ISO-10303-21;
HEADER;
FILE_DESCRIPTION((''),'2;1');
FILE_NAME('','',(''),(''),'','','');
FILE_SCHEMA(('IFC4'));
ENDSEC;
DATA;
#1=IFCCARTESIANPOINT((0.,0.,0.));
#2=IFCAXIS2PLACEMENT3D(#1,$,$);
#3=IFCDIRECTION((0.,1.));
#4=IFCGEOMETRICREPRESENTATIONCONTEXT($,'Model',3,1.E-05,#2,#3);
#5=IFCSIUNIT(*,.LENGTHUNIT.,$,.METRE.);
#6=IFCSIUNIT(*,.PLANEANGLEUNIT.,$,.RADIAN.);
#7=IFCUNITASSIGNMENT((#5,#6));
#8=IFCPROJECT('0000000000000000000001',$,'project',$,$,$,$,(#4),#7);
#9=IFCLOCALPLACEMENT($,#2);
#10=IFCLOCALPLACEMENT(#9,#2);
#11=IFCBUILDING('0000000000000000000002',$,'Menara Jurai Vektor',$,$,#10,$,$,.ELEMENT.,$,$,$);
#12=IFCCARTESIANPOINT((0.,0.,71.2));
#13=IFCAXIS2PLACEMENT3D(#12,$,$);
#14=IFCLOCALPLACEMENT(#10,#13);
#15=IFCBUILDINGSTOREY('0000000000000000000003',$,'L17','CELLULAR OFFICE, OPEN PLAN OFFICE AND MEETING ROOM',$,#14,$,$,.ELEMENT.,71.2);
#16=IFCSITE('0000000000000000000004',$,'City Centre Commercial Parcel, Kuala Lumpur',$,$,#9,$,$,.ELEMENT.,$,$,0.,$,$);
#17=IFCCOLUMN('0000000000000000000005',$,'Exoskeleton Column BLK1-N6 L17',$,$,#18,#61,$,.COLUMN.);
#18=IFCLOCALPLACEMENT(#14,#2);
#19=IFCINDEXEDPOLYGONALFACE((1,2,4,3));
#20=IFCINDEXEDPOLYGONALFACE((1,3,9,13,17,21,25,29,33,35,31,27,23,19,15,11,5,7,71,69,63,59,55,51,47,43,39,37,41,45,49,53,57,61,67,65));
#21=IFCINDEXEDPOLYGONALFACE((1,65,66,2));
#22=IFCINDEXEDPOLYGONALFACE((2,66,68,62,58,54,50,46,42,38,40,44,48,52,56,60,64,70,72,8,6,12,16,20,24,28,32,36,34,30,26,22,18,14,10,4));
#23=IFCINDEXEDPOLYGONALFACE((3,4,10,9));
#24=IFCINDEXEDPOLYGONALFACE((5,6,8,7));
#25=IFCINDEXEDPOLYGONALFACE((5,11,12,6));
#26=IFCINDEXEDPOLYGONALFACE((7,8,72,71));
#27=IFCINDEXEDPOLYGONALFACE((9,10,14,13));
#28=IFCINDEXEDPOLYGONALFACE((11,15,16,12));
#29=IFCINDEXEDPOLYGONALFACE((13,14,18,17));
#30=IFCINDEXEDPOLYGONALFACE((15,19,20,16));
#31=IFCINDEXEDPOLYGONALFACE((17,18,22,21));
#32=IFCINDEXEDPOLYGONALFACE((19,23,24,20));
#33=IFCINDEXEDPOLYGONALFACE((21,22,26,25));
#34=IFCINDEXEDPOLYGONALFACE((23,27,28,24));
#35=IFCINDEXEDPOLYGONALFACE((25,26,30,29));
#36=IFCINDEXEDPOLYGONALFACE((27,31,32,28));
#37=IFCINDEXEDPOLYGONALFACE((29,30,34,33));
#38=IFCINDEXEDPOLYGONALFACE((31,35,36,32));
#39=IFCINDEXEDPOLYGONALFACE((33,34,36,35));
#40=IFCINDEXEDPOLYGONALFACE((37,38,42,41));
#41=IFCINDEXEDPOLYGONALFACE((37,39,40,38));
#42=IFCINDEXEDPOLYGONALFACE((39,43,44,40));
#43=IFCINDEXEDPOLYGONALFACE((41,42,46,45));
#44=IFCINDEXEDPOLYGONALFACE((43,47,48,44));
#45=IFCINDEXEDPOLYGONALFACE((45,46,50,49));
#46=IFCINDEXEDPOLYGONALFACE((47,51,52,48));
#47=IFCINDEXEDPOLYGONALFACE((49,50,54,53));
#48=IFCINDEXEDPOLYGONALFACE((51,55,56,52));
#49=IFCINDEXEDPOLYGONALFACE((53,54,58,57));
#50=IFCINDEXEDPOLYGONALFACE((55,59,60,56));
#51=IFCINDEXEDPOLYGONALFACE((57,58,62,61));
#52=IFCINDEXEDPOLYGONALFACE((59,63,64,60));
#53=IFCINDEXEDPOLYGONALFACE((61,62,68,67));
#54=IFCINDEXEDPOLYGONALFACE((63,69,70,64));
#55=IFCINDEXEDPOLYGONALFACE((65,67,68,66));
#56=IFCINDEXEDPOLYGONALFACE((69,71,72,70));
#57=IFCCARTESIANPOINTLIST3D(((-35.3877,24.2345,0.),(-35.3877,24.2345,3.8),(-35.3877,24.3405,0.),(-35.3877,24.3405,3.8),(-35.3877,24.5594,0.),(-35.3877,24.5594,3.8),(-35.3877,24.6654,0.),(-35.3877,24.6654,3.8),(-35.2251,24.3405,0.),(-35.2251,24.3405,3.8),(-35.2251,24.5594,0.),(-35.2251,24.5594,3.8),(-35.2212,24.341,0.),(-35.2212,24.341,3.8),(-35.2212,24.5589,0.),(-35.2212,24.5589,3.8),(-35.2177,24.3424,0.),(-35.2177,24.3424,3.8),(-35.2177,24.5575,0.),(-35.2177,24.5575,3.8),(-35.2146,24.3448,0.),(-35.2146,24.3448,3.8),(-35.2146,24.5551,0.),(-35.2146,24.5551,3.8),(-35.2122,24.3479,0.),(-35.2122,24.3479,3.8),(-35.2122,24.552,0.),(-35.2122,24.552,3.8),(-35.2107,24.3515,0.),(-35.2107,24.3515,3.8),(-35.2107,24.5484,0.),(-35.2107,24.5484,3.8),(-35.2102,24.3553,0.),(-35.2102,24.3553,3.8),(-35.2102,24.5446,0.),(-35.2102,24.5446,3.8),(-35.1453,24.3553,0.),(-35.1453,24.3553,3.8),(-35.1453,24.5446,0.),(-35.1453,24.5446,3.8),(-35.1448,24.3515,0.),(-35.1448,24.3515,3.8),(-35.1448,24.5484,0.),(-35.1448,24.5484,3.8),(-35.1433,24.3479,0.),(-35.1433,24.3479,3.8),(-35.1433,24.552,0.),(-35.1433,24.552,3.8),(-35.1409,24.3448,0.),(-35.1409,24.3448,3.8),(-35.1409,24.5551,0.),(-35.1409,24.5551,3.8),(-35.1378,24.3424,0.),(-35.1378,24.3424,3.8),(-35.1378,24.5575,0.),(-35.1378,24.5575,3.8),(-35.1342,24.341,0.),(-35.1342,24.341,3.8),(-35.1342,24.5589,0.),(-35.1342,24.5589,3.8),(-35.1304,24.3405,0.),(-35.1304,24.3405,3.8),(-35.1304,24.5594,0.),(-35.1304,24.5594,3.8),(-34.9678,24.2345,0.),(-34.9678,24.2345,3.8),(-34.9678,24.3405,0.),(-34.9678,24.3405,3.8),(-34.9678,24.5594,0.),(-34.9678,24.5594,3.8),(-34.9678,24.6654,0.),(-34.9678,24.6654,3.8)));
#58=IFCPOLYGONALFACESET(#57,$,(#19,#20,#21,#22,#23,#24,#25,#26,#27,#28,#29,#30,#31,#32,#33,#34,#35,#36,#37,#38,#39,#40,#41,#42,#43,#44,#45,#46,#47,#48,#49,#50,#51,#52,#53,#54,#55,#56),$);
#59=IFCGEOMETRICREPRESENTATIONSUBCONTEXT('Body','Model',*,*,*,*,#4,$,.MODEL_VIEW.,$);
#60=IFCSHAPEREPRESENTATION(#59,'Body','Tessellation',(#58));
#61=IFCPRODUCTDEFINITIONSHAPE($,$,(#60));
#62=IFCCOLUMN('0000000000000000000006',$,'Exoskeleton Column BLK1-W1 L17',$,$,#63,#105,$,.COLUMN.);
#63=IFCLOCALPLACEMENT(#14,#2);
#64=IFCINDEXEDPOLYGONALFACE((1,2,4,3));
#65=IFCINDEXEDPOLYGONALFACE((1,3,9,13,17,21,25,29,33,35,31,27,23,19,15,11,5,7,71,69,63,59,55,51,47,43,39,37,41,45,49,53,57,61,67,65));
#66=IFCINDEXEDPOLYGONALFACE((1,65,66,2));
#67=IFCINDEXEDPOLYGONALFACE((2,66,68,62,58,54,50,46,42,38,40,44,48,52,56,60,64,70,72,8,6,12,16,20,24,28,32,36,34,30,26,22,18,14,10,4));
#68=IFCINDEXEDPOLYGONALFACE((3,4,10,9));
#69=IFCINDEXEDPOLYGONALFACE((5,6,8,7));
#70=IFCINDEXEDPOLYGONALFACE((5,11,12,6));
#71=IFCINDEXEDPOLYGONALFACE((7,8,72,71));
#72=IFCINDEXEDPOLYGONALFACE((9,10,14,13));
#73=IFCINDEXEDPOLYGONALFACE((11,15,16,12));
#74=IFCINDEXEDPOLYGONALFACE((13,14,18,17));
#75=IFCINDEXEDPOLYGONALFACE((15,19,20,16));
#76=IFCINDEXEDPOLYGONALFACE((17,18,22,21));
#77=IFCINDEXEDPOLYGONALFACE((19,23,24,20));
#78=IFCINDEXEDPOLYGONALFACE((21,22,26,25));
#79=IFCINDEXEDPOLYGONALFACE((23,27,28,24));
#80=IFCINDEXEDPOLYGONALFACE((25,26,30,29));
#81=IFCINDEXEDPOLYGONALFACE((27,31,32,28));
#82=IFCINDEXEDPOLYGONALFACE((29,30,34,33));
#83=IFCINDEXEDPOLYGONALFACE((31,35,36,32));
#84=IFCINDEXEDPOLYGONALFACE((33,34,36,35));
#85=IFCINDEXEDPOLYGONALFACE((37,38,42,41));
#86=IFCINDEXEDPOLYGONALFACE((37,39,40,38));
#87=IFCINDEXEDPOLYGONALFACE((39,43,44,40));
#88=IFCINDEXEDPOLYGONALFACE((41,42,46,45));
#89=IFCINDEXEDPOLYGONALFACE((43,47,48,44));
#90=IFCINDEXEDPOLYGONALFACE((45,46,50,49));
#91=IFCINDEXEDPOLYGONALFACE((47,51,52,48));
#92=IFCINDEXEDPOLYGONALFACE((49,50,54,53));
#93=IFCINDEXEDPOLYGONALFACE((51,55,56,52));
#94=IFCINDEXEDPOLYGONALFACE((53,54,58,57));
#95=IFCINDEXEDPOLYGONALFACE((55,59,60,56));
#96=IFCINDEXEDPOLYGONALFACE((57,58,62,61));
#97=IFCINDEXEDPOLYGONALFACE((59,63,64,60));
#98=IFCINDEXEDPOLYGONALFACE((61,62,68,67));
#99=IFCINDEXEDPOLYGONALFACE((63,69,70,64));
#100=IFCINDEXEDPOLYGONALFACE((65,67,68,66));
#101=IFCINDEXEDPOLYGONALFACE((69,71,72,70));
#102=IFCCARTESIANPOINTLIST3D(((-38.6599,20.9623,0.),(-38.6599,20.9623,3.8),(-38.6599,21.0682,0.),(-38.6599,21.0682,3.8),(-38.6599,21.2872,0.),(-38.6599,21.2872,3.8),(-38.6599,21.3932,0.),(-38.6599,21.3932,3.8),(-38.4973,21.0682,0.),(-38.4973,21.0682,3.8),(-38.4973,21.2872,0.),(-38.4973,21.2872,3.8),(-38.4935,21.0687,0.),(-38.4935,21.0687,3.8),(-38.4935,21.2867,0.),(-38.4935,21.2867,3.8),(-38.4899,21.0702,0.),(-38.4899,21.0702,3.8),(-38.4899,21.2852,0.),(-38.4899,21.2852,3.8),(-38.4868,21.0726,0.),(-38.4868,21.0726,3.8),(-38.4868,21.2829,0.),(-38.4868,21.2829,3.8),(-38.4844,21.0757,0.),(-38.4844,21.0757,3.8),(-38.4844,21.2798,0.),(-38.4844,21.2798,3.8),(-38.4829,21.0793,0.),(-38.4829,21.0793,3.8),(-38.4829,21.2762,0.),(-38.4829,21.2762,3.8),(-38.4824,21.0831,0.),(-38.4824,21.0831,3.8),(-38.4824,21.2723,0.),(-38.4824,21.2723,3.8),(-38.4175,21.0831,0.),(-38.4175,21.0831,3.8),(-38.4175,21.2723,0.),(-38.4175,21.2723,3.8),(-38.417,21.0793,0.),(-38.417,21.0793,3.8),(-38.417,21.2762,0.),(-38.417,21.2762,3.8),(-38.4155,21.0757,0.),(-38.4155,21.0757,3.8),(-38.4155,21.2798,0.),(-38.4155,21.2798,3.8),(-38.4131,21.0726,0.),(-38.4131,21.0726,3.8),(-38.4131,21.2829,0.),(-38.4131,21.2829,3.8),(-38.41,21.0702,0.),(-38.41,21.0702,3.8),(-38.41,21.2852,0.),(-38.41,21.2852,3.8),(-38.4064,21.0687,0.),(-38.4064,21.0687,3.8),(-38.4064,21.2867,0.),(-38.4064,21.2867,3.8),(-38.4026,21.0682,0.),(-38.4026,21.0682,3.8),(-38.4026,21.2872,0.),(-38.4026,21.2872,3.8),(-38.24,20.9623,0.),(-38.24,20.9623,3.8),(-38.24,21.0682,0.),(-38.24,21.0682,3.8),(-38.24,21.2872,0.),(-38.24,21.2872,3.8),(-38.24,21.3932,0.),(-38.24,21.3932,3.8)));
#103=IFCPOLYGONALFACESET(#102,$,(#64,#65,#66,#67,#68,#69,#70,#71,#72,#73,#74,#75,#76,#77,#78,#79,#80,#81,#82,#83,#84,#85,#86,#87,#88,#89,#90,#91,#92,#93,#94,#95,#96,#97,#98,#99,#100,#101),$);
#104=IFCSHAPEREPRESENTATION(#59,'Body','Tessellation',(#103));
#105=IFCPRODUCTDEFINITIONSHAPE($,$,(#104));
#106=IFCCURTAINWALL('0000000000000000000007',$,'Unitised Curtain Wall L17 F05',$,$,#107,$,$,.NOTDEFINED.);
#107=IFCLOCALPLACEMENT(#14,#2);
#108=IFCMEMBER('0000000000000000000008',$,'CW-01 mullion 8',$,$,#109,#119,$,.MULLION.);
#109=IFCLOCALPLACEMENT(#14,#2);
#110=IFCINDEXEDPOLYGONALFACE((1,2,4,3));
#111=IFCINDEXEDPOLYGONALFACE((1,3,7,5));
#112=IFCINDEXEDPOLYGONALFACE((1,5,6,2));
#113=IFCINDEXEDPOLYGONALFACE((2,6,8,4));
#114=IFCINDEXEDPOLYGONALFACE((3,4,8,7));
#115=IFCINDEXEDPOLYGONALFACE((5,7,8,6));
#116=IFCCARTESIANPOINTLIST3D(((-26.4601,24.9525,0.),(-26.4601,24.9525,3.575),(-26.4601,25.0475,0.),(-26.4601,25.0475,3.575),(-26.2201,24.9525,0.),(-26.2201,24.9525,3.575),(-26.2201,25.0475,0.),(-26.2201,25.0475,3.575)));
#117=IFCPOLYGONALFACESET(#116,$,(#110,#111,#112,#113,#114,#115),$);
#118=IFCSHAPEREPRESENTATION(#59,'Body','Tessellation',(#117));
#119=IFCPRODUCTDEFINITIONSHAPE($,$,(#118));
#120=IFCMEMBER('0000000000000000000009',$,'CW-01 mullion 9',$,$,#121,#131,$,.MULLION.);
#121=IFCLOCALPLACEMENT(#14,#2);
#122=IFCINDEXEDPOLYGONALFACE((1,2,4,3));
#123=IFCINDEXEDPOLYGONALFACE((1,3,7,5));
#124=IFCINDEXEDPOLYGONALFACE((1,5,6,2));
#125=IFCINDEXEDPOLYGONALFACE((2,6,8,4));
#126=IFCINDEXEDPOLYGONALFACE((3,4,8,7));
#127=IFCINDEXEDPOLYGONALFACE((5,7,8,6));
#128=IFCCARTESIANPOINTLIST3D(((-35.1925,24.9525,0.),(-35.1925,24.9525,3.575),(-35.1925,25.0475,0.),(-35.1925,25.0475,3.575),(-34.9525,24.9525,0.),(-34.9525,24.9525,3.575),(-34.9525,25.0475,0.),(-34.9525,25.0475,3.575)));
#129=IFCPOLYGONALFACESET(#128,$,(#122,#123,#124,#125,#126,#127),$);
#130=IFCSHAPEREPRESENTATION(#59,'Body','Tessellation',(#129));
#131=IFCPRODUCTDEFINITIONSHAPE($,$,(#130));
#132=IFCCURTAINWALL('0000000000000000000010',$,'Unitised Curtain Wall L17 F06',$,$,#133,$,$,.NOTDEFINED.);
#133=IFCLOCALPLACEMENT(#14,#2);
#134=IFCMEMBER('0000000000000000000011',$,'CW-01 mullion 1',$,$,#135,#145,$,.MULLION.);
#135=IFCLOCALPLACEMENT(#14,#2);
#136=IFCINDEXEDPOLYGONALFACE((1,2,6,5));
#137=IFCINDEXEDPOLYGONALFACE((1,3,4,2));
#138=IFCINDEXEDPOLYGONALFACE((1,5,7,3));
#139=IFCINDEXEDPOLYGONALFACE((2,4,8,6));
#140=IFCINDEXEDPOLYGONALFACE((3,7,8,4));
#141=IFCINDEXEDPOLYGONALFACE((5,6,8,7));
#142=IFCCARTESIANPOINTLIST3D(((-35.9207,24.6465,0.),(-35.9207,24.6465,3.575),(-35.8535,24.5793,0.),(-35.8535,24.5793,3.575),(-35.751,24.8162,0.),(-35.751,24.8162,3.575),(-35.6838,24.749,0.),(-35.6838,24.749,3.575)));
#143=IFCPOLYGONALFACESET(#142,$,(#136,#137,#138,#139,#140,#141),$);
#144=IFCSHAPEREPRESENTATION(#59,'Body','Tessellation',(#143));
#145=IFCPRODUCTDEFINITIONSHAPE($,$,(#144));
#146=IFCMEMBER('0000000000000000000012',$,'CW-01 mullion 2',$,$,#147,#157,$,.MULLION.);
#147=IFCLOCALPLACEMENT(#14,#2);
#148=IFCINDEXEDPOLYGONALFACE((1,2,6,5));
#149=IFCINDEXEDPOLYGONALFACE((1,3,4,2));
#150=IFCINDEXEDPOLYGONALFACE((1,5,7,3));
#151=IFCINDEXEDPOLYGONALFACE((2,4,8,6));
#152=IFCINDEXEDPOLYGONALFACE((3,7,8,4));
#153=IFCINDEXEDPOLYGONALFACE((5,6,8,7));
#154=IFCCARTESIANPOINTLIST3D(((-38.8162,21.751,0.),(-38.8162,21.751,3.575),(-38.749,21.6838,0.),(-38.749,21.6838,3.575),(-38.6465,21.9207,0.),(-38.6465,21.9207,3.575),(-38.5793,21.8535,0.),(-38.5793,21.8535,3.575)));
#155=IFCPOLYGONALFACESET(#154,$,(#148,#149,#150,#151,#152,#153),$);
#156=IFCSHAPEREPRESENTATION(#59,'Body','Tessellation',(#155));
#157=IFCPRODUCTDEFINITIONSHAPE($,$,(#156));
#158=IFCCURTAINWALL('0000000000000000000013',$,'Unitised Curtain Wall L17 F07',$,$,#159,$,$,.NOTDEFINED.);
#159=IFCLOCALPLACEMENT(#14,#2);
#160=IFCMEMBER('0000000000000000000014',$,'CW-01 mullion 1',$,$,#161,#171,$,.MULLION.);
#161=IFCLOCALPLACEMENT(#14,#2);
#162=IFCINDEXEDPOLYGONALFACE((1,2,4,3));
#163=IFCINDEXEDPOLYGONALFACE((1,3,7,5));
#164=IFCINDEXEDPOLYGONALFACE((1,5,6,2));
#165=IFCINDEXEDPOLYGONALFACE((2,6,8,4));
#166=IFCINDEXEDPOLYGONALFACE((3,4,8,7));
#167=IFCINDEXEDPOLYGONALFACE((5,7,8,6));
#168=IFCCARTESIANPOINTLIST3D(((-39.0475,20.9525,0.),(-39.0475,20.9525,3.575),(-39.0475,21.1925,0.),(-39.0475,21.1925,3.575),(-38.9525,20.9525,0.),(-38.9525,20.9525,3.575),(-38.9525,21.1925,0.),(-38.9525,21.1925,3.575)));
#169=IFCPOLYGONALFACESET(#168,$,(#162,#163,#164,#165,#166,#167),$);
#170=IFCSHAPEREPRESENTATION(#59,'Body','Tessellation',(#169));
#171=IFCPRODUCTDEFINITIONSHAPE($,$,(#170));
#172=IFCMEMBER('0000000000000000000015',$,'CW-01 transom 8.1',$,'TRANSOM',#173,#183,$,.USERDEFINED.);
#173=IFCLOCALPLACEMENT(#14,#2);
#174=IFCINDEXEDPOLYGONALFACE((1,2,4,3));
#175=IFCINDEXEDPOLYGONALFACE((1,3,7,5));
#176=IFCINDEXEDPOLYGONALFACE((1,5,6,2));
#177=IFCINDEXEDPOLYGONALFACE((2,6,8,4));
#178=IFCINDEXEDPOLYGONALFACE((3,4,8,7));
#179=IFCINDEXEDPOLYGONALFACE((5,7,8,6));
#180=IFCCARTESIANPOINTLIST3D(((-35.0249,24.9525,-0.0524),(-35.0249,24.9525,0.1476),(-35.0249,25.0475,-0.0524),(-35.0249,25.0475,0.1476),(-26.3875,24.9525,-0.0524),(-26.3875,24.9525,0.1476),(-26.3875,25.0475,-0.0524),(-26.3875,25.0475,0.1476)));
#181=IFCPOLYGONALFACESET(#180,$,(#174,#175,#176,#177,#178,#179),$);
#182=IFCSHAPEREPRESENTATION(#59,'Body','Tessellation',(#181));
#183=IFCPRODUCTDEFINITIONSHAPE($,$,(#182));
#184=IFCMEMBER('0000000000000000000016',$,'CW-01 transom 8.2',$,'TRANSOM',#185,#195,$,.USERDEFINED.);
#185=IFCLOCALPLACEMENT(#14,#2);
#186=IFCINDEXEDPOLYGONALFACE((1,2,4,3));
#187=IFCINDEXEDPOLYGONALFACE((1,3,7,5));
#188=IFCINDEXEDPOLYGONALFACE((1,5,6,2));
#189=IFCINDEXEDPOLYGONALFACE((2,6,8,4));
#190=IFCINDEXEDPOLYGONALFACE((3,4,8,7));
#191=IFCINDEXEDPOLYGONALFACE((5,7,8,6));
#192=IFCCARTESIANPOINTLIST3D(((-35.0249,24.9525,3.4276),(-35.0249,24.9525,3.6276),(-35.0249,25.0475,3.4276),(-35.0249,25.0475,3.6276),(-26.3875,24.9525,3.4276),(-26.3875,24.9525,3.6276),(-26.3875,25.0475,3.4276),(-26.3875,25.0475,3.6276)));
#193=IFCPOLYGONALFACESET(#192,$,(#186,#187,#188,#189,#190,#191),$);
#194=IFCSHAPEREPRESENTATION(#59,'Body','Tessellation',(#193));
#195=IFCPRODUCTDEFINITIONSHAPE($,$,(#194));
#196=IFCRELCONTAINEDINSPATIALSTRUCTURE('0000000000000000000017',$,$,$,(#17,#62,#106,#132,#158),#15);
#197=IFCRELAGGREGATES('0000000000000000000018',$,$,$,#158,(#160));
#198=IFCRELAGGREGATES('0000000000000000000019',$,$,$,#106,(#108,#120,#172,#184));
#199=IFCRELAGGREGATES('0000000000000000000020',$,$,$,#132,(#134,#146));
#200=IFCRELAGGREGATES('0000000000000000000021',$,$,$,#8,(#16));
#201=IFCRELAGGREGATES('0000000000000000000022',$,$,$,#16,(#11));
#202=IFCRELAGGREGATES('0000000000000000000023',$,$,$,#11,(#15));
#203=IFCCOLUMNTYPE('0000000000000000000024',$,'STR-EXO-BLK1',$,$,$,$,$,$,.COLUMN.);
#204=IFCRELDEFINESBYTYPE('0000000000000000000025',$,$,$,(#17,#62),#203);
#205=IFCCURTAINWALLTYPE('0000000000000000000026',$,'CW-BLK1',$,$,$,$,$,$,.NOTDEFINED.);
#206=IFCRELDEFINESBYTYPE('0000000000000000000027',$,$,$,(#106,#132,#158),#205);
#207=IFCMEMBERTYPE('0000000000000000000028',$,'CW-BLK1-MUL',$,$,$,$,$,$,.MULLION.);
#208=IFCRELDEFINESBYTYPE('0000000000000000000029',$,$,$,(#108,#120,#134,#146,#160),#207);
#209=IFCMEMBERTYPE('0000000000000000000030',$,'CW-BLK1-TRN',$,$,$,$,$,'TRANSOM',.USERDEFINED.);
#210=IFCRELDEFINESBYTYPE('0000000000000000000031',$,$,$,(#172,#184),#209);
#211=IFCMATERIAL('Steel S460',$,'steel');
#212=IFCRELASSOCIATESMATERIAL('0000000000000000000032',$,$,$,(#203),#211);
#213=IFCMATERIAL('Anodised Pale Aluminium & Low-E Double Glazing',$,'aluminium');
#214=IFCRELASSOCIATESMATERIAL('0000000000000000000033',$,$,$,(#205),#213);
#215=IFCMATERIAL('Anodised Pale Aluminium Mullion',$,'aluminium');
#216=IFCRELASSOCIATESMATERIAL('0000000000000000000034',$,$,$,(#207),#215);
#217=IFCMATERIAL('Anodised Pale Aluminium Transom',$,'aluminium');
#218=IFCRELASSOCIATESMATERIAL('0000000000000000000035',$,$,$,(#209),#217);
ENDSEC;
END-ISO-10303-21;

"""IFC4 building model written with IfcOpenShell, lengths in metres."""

from ifc_helpers import new_model, si_unit, direction, frame, origin, origin_2d, place, context, subcontext, project, spatial, rectangle, i_section, extrude, material, material_profile, profile_set, type_object, element, aggregate, save


model = new_model("IFC4")

# Units and contexts
model_context = context("Model", 3, precision=1e-05, world=origin(), true_north=direction((0.0, 1.0)))
body_context = subcontext(model_context, "Body", "Model", "MODEL_VIEW")
ifc_project = project(units=[si_unit("LENGTHUNIT", "METRE"), si_unit("PLANEANGLEUNIT", "RADIAN")], contexts=[model_context])

# Site, building, storey
site_placement = place(None, origin())
site = spatial("IfcSite", under=ifc_project, at=site_placement, Name="City Centre Commercial Parcel, Kuala Lumpur", CompositionType="ELEMENT", RefElevation=0.0)
building_placement = place(site_placement, origin())
building = spatial("IfcBuilding", under=site, at=building_placement, Name="Menara Jurai Vektor", CompositionType="ELEMENT")
storey_placement = place(building_placement, frame((0.0, 0.0, 71.2)))
storey = spatial("IfcBuildingStorey", under=building, at=storey_placement, Name="L17", Description="CELLULAR OFFICE, OPEN PLAN OFFICE AND MEETING ROOM", CompositionType="ELEMENT", Elevation=71.2)

# Columns
ifc_material_1 = material(Name="Steel S460", Category="steel")
ifc_material_profile_1 = material_profile(ifc_material_1, i_section(OverallWidth=0.4199, OverallDepth=0.4309, WebThickness=0.0649, FlangeThickness=0.106, FilletRadius=0.0149, at=origin_2d()), Name="HD 400x900")
ifc_profile_set_1 = profile_set([ifc_material_profile_1], Name="Steel S460")
column_type = type_object("IfcColumnType", Name="STR-EXO-BLK1", PredefinedType="COLUMN", material=ifc_profile_set_1)
for number, where, z_axis, x_axis, name in (
    (1, (-35.1777, 24.45, 0.0), (0.0, 0.0, 1.0), (1.0, 0.0, 0.0), "Exoskeleton Column BLK1-N6 L17"),
    (2, (-38.45, 21.1777, 0.0), (0.0, 0.0, 1.0), (1.0, 0.0, 0.0), "Exoskeleton Column BLK1-W1 L17"),
):
    element("IfcColumn", number, at=place(storey_placement, frame(where, z_axis=z_axis, x_axis=x_axis)), inside=storey, type_object=column_type, Name=name, PredefinedType="COLUMN", context=body_context, shape_type="SweptSolid", body=[
        extrude(i_section(OverallWidth=0.4199, OverallDepth=0.4309, WebThickness=0.0649, FlangeThickness=0.106, FilletRadius=0.0149, at=origin_2d()), origin(), (0.0, 0.0, 1.0), 3.8),
    ])

# Curtain walls, members
ifc_material_2 = material(Name="Anodised Pale Aluminium & Low-E Double Glazing", Category="aluminium")
curtain_wall_type = type_object("IfcCurtainWallType", Name="CW-BLK1", PredefinedType="NOTDEFINED", material=ifc_material_2)
curtain_wall_1_placement = place(storey_placement, origin())
curtain_wall_1 = element("IfcCurtainWall", 3, at=curtain_wall_1_placement, inside=storey, type_object=curtain_wall_type, Name="Unitised Curtain Wall L17 F05", PredefinedType="NOTDEFINED")
ifc_material_3 = material(Name="Anodised Pale Aluminium Mullion", Category="aluminium")
ifc_material_profile_2 = material_profile(ifc_material_3, rectangle(XDim=0.095, YDim=0.24, at=origin_2d()), Name="ALU MUL 95x240")
ifc_profile_set_2 = profile_set([ifc_material_profile_2], Name="Anodised Pale Aluminium Mullion")
member_type_1 = type_object("IfcMemberType", Name="CW-BLK1-MUL", PredefinedType="MULLION", material=ifc_profile_set_2)
member_1_placement = place(storey_placement, frame((-26.3401, 25.0, 0.0), z_axis=(0.0, 0.0, 1.0), x_axis=(0.0, -1.0, 0.0)))
member_1 = element("IfcMember", 4, at=member_1_placement, type_object=member_type_1, Name="CW-01 mullion 8", PredefinedType="MULLION", context=body_context, shape_type="SweptSolid", body=[
    extrude(rectangle(XDim=0.095, YDim=0.24, at=origin_2d()), origin(), (0.0, 0.0, 1.0), 3.575),
])
member_2_placement = place(storey_placement, frame((-35.0725, 25.0, 0.0), z_axis=(0.0, 0.0, 1.0), x_axis=(0.0, -1.0, 0.0)))
member_2 = element("IfcMember", 5, at=member_2_placement, type_object=member_type_1, Name="CW-01 mullion 9", PredefinedType="MULLION", context=body_context, shape_type="SweptSolid", body=[
    extrude(rectangle(XDim=0.095, YDim=0.24, at=origin_2d()), origin(), (0.0, 0.0, 1.0), 3.575),
])
curtain_wall_2_placement = place(storey_placement, origin())
curtain_wall_2 = element("IfcCurtainWall", 6, at=curtain_wall_2_placement, inside=storey, type_object=curtain_wall_type, Name="Unitised Curtain Wall L17 F06", PredefinedType="NOTDEFINED")
member_3_placement = place(storey_placement, frame((-35.8022, 24.6978, 0.0), z_axis=(0.0, 0.0, 1.0), x_axis=(0.707107, -0.707107, 0.0)))
member_3 = element("IfcMember", 7, at=member_3_placement, type_object=member_type_1, Name="CW-01 mullion 1", PredefinedType="MULLION", context=body_context, shape_type="SweptSolid", body=[
    extrude(rectangle(XDim=0.095, YDim=0.24, at=origin_2d()), origin(), (0.0, 0.0, 1.0), 3.575),
])
member_4_placement = place(storey_placement, frame((-38.6978, 21.8022, 0.0), z_axis=(0.0, 0.0, 1.0), x_axis=(0.707107, -0.707107, 0.0)))
member_4 = element("IfcMember", 8, at=member_4_placement, type_object=member_type_1, Name="CW-01 mullion 2", PredefinedType="MULLION", context=body_context, shape_type="SweptSolid", body=[
    extrude(rectangle(XDim=0.095, YDim=0.24, at=origin_2d()), origin(), (0.0, 0.0, 1.0), 3.575),
])

# Curtain wall, member
curtain_wall_3_placement = place(storey_placement, origin())
curtain_wall_3 = element("IfcCurtainWall", 9, at=curtain_wall_3_placement, inside=storey, type_object=curtain_wall_type, Name="Unitised Curtain Wall L17 F07", PredefinedType="NOTDEFINED")
member_5_placement = place(storey_placement, frame((-39.0, 21.0725, 0.0), z_axis=(0.0, 0.0, 1.0), x_axis=(1.0, 0.0, 0.0)))
member_5 = element("IfcMember", 10, at=member_5_placement, type_object=member_type_1, Name="CW-01 mullion 1", PredefinedType="MULLION", context=body_context, shape_type="SweptSolid", body=[
    extrude(rectangle(XDim=0.095, YDim=0.24, at=origin_2d()), origin(), (0.0, 0.0, 1.0), 3.575),
])
aggregate(curtain_wall_3, [member_5])

# Members
ifc_material_4 = material(Name="Anodised Pale Aluminium Transom", Category="aluminium")
ifc_material_profile_3 = material_profile(ifc_material_4, rectangle(XDim=0.095, YDim=0.2, at=origin_2d()), Name="ALU TRN 95x200")
ifc_profile_set_3 = profile_set([ifc_material_profile_3], Name="Anodised Pale Aluminium Transom")
member_type_2 = type_object("IfcMemberType", Name="CW-BLK1-TRN", ElementType="TRANSOM", PredefinedType="USERDEFINED", material=ifc_profile_set_3)
member_6_placement = place(storey_placement, frame((-26.3875, 25.0, 0.0476), z_axis=(-1.0, 0.0, 0.0), x_axis=(0.0, -1.0, 0.0)))
member_6 = element("IfcMember", 11, at=member_6_placement, type_object=member_type_2, Name="CW-01 transom 8.1", ObjectType="TRANSOM", PredefinedType="USERDEFINED", context=body_context, shape_type="SweptSolid", body=[
    extrude(rectangle(XDim=0.095, YDim=0.2, at=origin_2d()), origin(), (0.0, 0.0, 1.0), 8.6375),
])
member_7_placement = place(storey_placement, frame((-26.3875, 25.0, 3.5276), z_axis=(-1.0, 0.0, 0.0), x_axis=(0.0, -1.0, 0.0)))
member_7 = element("IfcMember", 12, at=member_7_placement, type_object=member_type_2, Name="CW-01 transom 8.2", ObjectType="TRANSOM", PredefinedType="USERDEFINED", context=body_context, shape_type="SweptSolid", body=[
    extrude(rectangle(XDim=0.095, YDim=0.2, at=origin_2d()), origin(), (0.0, 0.0, 1.0), 8.6375),
])

aggregate(curtain_wall_1, [member_1, member_2, member_6, member_7])
aggregate(curtain_wall_2, [member_3, member_4])

save(model, "model.ifc")
